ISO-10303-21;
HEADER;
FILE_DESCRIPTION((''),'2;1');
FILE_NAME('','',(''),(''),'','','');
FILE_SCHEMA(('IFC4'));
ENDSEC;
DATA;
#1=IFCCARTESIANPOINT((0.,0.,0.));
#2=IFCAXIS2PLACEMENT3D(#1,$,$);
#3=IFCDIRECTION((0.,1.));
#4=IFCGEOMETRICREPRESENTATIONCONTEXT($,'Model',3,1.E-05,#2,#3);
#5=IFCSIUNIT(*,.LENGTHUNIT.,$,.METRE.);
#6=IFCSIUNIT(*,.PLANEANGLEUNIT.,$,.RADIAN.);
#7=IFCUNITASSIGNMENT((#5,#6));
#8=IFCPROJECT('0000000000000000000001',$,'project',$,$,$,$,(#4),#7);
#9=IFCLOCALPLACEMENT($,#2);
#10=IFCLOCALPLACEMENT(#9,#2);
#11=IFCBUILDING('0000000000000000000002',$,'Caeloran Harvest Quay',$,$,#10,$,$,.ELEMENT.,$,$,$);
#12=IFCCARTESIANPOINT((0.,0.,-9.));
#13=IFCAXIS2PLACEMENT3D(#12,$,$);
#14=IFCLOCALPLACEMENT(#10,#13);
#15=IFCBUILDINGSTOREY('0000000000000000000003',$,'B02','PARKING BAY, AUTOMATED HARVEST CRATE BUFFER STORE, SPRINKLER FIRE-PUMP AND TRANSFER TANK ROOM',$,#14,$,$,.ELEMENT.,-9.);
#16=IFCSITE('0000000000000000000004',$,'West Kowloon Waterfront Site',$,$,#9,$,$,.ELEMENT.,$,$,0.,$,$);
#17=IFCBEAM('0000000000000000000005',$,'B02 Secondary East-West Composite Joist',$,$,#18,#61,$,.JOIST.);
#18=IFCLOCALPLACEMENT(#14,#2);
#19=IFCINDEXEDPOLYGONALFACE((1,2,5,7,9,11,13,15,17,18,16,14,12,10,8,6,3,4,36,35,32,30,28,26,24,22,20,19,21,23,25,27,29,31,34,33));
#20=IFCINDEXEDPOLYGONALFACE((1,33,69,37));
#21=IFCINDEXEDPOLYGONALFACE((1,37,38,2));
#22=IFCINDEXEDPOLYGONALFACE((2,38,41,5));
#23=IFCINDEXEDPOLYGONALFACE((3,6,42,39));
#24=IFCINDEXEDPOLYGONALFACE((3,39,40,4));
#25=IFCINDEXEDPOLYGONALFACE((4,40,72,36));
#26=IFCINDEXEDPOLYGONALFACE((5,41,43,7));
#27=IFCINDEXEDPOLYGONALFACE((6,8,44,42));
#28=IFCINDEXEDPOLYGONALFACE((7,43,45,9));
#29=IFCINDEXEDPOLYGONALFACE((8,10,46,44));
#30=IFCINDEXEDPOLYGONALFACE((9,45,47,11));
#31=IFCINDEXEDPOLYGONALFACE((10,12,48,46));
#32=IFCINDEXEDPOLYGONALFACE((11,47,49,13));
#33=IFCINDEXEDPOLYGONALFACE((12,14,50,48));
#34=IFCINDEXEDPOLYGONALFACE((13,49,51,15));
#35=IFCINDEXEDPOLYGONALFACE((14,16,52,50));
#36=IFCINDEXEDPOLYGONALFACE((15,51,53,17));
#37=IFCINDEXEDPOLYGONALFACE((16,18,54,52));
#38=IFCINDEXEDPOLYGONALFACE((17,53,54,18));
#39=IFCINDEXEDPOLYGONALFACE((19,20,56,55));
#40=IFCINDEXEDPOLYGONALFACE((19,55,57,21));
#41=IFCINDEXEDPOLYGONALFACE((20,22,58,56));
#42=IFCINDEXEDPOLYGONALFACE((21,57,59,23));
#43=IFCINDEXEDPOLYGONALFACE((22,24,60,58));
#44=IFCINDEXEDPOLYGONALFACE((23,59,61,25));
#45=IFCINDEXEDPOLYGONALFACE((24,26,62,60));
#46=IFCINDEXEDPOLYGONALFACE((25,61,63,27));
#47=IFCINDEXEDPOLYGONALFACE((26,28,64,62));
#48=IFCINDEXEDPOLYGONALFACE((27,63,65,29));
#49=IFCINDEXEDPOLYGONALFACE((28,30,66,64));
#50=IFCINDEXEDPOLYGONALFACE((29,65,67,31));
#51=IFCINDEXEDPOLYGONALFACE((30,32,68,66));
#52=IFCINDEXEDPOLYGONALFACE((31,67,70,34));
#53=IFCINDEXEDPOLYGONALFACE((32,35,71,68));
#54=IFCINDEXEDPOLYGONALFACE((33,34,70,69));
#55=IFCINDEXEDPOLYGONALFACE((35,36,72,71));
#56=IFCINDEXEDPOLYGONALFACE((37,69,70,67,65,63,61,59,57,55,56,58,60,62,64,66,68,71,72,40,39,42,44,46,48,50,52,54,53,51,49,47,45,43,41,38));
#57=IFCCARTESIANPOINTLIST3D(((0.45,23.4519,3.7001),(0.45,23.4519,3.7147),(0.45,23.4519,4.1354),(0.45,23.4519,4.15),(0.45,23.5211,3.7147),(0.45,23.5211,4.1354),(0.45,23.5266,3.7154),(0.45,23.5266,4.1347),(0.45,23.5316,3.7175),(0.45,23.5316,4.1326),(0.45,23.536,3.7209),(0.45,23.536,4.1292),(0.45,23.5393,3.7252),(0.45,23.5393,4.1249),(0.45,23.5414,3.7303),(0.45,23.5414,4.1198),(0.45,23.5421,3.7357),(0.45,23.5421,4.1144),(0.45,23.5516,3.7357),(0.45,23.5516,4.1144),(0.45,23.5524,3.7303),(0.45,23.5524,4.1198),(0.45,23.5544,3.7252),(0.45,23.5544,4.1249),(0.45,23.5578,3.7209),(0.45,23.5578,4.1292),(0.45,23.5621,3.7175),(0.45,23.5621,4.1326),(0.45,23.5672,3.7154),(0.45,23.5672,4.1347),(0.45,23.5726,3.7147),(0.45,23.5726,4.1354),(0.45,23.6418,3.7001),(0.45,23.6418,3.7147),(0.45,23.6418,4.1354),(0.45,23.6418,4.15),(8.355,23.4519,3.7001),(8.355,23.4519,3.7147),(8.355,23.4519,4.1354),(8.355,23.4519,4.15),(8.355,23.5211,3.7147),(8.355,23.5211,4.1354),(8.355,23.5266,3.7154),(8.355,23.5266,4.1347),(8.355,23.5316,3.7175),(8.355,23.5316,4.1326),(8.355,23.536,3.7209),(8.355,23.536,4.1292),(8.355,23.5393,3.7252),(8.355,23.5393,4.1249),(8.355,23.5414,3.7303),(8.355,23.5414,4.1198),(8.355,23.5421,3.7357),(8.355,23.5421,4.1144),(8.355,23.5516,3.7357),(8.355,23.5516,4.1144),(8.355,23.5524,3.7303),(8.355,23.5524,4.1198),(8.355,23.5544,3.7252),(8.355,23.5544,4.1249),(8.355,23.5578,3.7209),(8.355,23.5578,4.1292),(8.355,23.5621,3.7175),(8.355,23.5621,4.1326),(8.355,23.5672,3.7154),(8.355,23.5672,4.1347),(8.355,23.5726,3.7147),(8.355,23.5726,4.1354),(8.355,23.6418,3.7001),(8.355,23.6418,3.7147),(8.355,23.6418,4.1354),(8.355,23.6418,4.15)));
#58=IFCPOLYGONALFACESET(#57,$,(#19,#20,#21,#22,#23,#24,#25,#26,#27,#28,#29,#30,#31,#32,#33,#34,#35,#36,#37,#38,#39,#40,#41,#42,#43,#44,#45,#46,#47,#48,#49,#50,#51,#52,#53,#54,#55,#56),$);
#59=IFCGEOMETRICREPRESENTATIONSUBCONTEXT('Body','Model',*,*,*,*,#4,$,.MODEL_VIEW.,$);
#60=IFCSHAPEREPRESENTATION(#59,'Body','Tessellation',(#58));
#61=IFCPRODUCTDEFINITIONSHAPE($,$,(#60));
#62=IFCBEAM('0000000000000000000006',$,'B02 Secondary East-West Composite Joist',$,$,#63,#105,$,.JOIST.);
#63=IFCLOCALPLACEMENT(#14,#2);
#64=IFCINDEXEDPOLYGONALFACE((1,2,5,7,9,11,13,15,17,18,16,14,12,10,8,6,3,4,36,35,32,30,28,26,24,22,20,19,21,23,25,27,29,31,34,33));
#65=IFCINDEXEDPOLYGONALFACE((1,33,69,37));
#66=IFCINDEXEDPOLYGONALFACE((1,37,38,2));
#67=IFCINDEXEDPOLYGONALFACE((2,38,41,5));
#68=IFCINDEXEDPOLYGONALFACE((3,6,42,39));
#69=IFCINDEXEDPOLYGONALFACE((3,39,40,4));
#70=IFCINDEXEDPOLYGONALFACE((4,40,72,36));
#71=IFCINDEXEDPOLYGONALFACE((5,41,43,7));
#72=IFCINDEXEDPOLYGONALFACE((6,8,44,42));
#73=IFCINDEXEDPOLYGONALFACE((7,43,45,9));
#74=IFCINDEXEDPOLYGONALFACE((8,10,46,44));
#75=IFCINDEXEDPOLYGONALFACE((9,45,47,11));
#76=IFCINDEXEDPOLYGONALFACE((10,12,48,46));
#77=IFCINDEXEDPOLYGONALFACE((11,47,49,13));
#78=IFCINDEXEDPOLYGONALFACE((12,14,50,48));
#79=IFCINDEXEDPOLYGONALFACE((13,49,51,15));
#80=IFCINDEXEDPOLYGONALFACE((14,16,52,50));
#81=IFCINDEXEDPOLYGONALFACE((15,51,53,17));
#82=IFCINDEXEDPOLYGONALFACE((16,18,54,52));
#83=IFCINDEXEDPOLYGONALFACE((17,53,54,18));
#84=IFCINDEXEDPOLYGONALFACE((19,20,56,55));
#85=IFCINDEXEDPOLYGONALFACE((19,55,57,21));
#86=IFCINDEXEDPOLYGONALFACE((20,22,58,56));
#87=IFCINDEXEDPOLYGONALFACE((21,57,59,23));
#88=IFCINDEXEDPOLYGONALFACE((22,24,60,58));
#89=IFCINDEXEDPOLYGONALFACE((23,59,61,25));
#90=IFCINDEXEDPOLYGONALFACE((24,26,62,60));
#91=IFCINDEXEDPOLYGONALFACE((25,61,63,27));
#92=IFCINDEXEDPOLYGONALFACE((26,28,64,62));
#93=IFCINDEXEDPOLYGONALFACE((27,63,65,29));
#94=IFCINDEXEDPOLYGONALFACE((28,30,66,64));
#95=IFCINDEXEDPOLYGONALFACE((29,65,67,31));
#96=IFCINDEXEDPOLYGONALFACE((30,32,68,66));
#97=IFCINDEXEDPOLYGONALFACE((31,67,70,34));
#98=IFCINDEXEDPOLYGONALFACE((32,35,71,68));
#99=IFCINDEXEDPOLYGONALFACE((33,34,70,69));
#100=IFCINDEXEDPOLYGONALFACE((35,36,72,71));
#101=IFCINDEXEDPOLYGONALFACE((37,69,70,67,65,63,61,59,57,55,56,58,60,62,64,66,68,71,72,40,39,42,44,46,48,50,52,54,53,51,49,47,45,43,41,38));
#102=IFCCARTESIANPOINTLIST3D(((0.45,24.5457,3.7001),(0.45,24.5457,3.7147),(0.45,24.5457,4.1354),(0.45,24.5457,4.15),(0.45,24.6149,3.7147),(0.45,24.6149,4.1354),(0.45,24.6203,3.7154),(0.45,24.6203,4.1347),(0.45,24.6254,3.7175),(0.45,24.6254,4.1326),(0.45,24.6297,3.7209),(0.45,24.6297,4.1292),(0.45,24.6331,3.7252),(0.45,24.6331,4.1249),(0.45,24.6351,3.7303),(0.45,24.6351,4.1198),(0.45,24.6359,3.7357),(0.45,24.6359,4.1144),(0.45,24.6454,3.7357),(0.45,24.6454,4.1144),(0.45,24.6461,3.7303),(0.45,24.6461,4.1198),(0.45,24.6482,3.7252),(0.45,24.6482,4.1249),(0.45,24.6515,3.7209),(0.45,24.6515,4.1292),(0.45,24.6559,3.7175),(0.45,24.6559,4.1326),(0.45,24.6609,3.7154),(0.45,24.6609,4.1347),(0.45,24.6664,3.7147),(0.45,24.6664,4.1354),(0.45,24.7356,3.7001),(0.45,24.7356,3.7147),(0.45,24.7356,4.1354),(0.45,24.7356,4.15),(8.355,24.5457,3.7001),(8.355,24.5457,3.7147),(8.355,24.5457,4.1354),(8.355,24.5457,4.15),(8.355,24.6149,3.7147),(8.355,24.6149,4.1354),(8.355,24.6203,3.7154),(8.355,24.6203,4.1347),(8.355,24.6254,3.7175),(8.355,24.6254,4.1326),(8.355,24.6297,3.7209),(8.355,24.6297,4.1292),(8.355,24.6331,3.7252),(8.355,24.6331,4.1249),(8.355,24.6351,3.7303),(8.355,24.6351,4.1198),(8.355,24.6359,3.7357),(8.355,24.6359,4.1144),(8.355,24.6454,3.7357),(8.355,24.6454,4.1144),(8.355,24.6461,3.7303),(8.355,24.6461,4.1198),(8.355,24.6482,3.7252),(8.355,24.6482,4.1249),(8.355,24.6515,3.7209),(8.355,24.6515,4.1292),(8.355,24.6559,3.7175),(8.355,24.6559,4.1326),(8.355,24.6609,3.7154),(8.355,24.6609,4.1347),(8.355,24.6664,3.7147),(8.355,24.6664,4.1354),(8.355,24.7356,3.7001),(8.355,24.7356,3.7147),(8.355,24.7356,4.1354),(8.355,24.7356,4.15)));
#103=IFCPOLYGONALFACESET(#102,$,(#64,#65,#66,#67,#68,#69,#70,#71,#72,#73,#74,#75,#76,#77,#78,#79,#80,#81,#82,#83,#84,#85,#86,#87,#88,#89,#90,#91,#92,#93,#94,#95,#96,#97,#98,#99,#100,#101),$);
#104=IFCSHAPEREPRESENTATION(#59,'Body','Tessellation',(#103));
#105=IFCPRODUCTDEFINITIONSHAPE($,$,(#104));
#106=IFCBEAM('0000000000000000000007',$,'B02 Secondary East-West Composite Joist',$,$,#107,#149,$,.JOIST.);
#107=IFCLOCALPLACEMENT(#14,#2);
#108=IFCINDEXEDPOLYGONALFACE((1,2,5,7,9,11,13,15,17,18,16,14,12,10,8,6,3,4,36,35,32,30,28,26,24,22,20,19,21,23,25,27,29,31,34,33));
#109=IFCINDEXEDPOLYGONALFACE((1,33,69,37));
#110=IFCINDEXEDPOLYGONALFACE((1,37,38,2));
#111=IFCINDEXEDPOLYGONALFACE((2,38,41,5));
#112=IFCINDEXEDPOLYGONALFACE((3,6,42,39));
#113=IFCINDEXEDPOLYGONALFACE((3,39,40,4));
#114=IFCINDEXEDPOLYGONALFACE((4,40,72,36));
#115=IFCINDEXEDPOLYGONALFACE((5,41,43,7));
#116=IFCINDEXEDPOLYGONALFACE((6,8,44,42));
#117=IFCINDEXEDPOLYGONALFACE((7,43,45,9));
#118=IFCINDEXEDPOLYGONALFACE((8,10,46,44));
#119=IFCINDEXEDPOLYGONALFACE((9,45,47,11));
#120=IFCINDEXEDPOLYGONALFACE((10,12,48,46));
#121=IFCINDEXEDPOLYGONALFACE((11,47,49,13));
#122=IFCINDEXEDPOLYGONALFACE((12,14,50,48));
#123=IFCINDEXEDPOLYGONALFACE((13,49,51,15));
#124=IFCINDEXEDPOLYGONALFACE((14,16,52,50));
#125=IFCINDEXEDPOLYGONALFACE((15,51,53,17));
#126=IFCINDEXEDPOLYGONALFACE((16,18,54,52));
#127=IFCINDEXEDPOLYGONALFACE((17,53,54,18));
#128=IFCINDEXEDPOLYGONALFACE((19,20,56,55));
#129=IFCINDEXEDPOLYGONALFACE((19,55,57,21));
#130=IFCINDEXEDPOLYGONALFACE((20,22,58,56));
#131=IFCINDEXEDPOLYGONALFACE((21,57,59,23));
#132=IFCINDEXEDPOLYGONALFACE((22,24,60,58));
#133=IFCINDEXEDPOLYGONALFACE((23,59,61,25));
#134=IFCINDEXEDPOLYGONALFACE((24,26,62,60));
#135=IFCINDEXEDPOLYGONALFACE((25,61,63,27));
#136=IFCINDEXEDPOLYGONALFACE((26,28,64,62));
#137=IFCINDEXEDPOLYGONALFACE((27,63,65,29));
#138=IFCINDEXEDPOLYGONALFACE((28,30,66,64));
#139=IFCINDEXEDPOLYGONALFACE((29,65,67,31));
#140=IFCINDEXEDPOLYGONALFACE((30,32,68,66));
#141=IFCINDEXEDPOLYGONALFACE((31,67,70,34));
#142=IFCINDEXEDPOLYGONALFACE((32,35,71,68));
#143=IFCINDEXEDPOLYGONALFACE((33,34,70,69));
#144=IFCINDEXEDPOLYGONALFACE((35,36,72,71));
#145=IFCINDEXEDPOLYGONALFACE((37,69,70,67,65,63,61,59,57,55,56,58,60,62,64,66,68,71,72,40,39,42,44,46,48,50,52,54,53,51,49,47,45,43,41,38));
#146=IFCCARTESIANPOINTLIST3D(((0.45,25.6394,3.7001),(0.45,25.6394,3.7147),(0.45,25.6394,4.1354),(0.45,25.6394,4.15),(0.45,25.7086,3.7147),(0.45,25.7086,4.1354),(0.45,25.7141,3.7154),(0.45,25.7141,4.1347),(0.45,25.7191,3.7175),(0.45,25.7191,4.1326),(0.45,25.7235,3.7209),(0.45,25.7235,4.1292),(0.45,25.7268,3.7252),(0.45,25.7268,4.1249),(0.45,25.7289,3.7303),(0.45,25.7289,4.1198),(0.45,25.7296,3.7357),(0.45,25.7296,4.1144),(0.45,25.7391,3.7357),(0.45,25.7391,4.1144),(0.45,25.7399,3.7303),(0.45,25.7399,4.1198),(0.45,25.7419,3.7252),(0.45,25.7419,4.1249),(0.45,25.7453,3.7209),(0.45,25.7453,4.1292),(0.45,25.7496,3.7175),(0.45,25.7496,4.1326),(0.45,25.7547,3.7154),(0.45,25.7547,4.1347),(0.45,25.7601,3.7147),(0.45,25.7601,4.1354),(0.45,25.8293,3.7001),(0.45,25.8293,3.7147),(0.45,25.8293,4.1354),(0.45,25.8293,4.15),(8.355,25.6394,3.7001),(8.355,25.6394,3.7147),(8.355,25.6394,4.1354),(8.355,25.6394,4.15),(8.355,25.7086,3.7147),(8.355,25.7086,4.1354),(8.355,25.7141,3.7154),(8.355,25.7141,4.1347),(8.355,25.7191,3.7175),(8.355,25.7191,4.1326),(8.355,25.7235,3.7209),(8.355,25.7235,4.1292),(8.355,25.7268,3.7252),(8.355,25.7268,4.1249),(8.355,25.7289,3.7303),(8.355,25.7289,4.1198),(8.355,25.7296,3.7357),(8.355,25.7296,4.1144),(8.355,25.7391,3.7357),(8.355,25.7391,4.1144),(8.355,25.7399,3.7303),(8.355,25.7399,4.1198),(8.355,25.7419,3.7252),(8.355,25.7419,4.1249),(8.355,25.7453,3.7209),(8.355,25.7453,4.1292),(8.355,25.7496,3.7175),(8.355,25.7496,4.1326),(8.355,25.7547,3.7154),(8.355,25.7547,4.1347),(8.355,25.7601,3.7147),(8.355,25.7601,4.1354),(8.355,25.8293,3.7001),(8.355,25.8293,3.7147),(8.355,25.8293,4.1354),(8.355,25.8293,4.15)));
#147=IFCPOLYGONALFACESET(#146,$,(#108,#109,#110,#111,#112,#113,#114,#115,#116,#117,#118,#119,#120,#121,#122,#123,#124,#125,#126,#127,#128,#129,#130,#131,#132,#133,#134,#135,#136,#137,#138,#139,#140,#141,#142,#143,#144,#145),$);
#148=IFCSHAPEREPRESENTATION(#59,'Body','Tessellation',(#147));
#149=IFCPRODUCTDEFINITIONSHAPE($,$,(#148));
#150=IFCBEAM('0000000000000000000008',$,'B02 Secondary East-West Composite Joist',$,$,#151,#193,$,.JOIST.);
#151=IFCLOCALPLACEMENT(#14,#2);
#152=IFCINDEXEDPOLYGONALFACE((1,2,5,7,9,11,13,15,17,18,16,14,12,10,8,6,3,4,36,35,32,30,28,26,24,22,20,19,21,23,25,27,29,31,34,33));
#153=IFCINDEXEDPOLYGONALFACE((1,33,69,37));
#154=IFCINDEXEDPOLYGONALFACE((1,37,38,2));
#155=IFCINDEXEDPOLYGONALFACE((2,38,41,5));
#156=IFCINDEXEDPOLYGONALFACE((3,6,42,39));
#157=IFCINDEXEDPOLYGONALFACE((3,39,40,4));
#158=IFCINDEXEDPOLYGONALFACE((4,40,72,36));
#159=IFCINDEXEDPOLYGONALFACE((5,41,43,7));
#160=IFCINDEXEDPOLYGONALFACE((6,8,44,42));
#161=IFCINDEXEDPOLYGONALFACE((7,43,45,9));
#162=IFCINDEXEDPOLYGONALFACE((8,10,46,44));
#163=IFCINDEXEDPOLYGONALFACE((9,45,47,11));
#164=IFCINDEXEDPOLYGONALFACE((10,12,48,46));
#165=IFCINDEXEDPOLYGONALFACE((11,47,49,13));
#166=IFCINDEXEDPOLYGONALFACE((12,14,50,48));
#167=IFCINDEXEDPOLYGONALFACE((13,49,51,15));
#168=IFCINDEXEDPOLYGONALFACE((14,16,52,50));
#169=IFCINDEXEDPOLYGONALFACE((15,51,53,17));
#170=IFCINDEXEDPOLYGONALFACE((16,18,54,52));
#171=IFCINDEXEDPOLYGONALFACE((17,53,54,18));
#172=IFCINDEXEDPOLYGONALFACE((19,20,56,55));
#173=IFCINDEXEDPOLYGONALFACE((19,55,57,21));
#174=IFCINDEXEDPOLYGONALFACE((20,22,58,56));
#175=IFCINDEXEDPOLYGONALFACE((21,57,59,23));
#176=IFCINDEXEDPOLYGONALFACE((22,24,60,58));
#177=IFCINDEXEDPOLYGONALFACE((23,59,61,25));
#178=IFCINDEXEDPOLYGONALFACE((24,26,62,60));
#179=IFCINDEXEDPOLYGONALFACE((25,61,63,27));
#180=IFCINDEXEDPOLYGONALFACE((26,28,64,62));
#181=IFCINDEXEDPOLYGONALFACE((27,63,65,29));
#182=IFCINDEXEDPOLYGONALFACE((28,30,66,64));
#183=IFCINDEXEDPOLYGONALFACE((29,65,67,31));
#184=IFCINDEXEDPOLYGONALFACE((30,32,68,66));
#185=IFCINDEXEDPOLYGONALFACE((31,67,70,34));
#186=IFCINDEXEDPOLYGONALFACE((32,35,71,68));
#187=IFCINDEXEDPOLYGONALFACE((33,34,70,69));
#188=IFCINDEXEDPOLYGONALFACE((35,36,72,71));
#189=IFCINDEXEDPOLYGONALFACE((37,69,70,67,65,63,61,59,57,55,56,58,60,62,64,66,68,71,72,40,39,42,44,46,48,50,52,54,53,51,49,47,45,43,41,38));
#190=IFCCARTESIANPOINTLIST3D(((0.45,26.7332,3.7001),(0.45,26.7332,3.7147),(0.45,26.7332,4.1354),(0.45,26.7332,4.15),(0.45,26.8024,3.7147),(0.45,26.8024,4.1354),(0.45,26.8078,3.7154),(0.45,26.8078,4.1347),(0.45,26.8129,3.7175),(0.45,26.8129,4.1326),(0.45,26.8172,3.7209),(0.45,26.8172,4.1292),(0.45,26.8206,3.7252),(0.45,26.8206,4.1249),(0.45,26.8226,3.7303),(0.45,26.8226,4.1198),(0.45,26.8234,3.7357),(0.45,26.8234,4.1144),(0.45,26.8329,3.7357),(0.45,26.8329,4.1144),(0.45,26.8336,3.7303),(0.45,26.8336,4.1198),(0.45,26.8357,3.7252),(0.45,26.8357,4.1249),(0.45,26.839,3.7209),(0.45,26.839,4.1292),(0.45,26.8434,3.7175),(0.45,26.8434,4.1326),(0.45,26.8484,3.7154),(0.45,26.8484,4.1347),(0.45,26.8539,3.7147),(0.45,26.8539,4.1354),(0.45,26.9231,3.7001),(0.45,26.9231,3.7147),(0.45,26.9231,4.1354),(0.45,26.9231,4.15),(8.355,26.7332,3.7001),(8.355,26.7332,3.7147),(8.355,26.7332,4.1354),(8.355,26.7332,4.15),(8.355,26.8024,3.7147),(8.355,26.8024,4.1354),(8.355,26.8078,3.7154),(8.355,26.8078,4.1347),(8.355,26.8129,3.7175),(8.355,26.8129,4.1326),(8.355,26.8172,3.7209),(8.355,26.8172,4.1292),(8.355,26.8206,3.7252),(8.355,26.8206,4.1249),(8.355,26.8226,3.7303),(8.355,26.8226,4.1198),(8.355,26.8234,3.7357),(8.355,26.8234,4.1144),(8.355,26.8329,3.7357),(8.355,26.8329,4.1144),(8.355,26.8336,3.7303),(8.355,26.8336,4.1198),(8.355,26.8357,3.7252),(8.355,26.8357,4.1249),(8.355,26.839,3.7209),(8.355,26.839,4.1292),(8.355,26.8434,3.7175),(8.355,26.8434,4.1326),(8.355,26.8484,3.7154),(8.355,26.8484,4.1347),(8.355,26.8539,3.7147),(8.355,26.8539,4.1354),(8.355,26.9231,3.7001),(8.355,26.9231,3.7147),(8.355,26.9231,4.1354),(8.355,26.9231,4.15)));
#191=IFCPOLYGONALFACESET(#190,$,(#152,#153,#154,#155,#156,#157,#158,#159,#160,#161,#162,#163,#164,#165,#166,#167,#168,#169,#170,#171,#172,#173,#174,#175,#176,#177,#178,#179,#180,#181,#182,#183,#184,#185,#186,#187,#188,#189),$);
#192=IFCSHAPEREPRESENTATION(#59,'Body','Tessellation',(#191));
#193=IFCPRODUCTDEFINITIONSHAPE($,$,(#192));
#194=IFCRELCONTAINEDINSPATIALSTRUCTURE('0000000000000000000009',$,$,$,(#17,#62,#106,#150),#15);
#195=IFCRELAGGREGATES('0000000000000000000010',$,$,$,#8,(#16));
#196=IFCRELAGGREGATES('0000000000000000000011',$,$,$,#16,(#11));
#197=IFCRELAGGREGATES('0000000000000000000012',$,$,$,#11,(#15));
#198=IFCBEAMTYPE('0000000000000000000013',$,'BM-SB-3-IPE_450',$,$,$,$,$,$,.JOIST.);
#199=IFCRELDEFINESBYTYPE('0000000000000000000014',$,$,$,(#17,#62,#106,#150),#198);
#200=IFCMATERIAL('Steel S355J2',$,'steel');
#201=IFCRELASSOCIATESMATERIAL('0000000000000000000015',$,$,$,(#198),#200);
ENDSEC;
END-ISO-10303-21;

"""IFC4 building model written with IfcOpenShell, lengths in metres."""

from ifc_helpers import new_model, si_unit, direction, frame, origin, origin_2d, place, context, subcontext, project, spatial, i_section, extrude, material, material_profile, profile_set, type_object, element, save


model = new_model("IFC4")

# Units and contexts
model_context = context("Model", 3, precision=1e-05, world=origin(), true_north=direction((0.0, 1.0)))
body_context = subcontext(model_context, "Body", "Model", "MODEL_VIEW")
ifc_project = project(units=[si_unit("LENGTHUNIT", "METRE"), si_unit("PLANEANGLEUNIT", "RADIAN")], contexts=[model_context])

# Site, building, storey
site_placement = place(None, origin())
site = spatial("IfcSite", under=ifc_project, at=site_placement, Name="West Kowloon Waterfront Site", CompositionType="ELEMENT", RefElevation=0.0)
building_placement = place(site_placement, origin())
building = spatial("IfcBuilding", under=site, at=building_placement, Name="Caeloran Harvest Quay", CompositionType="ELEMENT")
storey_placement = place(building_placement, frame((0.0, 0.0, -9.0)))
storey = spatial("IfcBuildingStorey", under=building, at=storey_placement, Name="B02", Description="PARKING BAY, AUTOMATED HARVEST CRATE BUFFER STORE, SPRINKLER FIRE-PUMP AND TRANSFER TANK ROOM", CompositionType="ELEMENT", Elevation=-9.0)

# Beams
ifc_material_1 = material(Name="Steel S355J2", Category="steel")
ifc_material_profile_1 = material_profile(ifc_material_1, i_section(OverallWidth=0.1899, OverallDepth=0.45, WebThickness=0.0095, FlangeThickness=0.0146, FilletRadius=0.021, at=origin_2d()), Name="IPE 450")
ifc_profile_set_1 = profile_set([ifc_material_profile_1], Name="Steel S355J2")
beam_type_1 = type_object("IfcBeamType", Name="BM-SB-3-IPE_450", PredefinedType="JOIST", material=ifc_profile_set_1)
for number, where, z_axis, x_axis, name in (
    (1, (0.45, 23.5469, 3.925), (1.0, 0.0, 0.0), (0.0, 1.0, 0.0), "B02 Secondary East-West Composite Joist"),
    (2, (0.45, 24.6406, 3.925), (1.0, 0.0, 0.0), (0.0, 1.0, 0.0), "B02 Secondary East-West Composite Joist"),
    (3, (0.45, 25.7344, 3.925), (1.0, 0.0, 0.0), (0.0, 1.0, 0.0), "B02 Secondary East-West Composite Joist"),
    (4, (0.45, 26.8281, 3.925), (1.0, 0.0, 0.0), (0.0, 1.0, 0.0), "B02 Secondary East-West Composite Joist"),
):
    element("IfcBeam", number, at=place(storey_placement, frame(where, z_axis=z_axis, x_axis=x_axis)), inside=storey, type_object=beam_type_1, Name=name, PredefinedType="JOIST", context=body_context, shape_type="SweptSolid", body=[
        extrude(i_section(OverallWidth=0.1899, OverallDepth=0.45, WebThickness=0.0095, FlangeThickness=0.0146, FilletRadius=0.021, at=origin_2d()), origin(), (0.0, 0.0, 1.0), 7.905),
    ])

save(model, "model.ifc")
